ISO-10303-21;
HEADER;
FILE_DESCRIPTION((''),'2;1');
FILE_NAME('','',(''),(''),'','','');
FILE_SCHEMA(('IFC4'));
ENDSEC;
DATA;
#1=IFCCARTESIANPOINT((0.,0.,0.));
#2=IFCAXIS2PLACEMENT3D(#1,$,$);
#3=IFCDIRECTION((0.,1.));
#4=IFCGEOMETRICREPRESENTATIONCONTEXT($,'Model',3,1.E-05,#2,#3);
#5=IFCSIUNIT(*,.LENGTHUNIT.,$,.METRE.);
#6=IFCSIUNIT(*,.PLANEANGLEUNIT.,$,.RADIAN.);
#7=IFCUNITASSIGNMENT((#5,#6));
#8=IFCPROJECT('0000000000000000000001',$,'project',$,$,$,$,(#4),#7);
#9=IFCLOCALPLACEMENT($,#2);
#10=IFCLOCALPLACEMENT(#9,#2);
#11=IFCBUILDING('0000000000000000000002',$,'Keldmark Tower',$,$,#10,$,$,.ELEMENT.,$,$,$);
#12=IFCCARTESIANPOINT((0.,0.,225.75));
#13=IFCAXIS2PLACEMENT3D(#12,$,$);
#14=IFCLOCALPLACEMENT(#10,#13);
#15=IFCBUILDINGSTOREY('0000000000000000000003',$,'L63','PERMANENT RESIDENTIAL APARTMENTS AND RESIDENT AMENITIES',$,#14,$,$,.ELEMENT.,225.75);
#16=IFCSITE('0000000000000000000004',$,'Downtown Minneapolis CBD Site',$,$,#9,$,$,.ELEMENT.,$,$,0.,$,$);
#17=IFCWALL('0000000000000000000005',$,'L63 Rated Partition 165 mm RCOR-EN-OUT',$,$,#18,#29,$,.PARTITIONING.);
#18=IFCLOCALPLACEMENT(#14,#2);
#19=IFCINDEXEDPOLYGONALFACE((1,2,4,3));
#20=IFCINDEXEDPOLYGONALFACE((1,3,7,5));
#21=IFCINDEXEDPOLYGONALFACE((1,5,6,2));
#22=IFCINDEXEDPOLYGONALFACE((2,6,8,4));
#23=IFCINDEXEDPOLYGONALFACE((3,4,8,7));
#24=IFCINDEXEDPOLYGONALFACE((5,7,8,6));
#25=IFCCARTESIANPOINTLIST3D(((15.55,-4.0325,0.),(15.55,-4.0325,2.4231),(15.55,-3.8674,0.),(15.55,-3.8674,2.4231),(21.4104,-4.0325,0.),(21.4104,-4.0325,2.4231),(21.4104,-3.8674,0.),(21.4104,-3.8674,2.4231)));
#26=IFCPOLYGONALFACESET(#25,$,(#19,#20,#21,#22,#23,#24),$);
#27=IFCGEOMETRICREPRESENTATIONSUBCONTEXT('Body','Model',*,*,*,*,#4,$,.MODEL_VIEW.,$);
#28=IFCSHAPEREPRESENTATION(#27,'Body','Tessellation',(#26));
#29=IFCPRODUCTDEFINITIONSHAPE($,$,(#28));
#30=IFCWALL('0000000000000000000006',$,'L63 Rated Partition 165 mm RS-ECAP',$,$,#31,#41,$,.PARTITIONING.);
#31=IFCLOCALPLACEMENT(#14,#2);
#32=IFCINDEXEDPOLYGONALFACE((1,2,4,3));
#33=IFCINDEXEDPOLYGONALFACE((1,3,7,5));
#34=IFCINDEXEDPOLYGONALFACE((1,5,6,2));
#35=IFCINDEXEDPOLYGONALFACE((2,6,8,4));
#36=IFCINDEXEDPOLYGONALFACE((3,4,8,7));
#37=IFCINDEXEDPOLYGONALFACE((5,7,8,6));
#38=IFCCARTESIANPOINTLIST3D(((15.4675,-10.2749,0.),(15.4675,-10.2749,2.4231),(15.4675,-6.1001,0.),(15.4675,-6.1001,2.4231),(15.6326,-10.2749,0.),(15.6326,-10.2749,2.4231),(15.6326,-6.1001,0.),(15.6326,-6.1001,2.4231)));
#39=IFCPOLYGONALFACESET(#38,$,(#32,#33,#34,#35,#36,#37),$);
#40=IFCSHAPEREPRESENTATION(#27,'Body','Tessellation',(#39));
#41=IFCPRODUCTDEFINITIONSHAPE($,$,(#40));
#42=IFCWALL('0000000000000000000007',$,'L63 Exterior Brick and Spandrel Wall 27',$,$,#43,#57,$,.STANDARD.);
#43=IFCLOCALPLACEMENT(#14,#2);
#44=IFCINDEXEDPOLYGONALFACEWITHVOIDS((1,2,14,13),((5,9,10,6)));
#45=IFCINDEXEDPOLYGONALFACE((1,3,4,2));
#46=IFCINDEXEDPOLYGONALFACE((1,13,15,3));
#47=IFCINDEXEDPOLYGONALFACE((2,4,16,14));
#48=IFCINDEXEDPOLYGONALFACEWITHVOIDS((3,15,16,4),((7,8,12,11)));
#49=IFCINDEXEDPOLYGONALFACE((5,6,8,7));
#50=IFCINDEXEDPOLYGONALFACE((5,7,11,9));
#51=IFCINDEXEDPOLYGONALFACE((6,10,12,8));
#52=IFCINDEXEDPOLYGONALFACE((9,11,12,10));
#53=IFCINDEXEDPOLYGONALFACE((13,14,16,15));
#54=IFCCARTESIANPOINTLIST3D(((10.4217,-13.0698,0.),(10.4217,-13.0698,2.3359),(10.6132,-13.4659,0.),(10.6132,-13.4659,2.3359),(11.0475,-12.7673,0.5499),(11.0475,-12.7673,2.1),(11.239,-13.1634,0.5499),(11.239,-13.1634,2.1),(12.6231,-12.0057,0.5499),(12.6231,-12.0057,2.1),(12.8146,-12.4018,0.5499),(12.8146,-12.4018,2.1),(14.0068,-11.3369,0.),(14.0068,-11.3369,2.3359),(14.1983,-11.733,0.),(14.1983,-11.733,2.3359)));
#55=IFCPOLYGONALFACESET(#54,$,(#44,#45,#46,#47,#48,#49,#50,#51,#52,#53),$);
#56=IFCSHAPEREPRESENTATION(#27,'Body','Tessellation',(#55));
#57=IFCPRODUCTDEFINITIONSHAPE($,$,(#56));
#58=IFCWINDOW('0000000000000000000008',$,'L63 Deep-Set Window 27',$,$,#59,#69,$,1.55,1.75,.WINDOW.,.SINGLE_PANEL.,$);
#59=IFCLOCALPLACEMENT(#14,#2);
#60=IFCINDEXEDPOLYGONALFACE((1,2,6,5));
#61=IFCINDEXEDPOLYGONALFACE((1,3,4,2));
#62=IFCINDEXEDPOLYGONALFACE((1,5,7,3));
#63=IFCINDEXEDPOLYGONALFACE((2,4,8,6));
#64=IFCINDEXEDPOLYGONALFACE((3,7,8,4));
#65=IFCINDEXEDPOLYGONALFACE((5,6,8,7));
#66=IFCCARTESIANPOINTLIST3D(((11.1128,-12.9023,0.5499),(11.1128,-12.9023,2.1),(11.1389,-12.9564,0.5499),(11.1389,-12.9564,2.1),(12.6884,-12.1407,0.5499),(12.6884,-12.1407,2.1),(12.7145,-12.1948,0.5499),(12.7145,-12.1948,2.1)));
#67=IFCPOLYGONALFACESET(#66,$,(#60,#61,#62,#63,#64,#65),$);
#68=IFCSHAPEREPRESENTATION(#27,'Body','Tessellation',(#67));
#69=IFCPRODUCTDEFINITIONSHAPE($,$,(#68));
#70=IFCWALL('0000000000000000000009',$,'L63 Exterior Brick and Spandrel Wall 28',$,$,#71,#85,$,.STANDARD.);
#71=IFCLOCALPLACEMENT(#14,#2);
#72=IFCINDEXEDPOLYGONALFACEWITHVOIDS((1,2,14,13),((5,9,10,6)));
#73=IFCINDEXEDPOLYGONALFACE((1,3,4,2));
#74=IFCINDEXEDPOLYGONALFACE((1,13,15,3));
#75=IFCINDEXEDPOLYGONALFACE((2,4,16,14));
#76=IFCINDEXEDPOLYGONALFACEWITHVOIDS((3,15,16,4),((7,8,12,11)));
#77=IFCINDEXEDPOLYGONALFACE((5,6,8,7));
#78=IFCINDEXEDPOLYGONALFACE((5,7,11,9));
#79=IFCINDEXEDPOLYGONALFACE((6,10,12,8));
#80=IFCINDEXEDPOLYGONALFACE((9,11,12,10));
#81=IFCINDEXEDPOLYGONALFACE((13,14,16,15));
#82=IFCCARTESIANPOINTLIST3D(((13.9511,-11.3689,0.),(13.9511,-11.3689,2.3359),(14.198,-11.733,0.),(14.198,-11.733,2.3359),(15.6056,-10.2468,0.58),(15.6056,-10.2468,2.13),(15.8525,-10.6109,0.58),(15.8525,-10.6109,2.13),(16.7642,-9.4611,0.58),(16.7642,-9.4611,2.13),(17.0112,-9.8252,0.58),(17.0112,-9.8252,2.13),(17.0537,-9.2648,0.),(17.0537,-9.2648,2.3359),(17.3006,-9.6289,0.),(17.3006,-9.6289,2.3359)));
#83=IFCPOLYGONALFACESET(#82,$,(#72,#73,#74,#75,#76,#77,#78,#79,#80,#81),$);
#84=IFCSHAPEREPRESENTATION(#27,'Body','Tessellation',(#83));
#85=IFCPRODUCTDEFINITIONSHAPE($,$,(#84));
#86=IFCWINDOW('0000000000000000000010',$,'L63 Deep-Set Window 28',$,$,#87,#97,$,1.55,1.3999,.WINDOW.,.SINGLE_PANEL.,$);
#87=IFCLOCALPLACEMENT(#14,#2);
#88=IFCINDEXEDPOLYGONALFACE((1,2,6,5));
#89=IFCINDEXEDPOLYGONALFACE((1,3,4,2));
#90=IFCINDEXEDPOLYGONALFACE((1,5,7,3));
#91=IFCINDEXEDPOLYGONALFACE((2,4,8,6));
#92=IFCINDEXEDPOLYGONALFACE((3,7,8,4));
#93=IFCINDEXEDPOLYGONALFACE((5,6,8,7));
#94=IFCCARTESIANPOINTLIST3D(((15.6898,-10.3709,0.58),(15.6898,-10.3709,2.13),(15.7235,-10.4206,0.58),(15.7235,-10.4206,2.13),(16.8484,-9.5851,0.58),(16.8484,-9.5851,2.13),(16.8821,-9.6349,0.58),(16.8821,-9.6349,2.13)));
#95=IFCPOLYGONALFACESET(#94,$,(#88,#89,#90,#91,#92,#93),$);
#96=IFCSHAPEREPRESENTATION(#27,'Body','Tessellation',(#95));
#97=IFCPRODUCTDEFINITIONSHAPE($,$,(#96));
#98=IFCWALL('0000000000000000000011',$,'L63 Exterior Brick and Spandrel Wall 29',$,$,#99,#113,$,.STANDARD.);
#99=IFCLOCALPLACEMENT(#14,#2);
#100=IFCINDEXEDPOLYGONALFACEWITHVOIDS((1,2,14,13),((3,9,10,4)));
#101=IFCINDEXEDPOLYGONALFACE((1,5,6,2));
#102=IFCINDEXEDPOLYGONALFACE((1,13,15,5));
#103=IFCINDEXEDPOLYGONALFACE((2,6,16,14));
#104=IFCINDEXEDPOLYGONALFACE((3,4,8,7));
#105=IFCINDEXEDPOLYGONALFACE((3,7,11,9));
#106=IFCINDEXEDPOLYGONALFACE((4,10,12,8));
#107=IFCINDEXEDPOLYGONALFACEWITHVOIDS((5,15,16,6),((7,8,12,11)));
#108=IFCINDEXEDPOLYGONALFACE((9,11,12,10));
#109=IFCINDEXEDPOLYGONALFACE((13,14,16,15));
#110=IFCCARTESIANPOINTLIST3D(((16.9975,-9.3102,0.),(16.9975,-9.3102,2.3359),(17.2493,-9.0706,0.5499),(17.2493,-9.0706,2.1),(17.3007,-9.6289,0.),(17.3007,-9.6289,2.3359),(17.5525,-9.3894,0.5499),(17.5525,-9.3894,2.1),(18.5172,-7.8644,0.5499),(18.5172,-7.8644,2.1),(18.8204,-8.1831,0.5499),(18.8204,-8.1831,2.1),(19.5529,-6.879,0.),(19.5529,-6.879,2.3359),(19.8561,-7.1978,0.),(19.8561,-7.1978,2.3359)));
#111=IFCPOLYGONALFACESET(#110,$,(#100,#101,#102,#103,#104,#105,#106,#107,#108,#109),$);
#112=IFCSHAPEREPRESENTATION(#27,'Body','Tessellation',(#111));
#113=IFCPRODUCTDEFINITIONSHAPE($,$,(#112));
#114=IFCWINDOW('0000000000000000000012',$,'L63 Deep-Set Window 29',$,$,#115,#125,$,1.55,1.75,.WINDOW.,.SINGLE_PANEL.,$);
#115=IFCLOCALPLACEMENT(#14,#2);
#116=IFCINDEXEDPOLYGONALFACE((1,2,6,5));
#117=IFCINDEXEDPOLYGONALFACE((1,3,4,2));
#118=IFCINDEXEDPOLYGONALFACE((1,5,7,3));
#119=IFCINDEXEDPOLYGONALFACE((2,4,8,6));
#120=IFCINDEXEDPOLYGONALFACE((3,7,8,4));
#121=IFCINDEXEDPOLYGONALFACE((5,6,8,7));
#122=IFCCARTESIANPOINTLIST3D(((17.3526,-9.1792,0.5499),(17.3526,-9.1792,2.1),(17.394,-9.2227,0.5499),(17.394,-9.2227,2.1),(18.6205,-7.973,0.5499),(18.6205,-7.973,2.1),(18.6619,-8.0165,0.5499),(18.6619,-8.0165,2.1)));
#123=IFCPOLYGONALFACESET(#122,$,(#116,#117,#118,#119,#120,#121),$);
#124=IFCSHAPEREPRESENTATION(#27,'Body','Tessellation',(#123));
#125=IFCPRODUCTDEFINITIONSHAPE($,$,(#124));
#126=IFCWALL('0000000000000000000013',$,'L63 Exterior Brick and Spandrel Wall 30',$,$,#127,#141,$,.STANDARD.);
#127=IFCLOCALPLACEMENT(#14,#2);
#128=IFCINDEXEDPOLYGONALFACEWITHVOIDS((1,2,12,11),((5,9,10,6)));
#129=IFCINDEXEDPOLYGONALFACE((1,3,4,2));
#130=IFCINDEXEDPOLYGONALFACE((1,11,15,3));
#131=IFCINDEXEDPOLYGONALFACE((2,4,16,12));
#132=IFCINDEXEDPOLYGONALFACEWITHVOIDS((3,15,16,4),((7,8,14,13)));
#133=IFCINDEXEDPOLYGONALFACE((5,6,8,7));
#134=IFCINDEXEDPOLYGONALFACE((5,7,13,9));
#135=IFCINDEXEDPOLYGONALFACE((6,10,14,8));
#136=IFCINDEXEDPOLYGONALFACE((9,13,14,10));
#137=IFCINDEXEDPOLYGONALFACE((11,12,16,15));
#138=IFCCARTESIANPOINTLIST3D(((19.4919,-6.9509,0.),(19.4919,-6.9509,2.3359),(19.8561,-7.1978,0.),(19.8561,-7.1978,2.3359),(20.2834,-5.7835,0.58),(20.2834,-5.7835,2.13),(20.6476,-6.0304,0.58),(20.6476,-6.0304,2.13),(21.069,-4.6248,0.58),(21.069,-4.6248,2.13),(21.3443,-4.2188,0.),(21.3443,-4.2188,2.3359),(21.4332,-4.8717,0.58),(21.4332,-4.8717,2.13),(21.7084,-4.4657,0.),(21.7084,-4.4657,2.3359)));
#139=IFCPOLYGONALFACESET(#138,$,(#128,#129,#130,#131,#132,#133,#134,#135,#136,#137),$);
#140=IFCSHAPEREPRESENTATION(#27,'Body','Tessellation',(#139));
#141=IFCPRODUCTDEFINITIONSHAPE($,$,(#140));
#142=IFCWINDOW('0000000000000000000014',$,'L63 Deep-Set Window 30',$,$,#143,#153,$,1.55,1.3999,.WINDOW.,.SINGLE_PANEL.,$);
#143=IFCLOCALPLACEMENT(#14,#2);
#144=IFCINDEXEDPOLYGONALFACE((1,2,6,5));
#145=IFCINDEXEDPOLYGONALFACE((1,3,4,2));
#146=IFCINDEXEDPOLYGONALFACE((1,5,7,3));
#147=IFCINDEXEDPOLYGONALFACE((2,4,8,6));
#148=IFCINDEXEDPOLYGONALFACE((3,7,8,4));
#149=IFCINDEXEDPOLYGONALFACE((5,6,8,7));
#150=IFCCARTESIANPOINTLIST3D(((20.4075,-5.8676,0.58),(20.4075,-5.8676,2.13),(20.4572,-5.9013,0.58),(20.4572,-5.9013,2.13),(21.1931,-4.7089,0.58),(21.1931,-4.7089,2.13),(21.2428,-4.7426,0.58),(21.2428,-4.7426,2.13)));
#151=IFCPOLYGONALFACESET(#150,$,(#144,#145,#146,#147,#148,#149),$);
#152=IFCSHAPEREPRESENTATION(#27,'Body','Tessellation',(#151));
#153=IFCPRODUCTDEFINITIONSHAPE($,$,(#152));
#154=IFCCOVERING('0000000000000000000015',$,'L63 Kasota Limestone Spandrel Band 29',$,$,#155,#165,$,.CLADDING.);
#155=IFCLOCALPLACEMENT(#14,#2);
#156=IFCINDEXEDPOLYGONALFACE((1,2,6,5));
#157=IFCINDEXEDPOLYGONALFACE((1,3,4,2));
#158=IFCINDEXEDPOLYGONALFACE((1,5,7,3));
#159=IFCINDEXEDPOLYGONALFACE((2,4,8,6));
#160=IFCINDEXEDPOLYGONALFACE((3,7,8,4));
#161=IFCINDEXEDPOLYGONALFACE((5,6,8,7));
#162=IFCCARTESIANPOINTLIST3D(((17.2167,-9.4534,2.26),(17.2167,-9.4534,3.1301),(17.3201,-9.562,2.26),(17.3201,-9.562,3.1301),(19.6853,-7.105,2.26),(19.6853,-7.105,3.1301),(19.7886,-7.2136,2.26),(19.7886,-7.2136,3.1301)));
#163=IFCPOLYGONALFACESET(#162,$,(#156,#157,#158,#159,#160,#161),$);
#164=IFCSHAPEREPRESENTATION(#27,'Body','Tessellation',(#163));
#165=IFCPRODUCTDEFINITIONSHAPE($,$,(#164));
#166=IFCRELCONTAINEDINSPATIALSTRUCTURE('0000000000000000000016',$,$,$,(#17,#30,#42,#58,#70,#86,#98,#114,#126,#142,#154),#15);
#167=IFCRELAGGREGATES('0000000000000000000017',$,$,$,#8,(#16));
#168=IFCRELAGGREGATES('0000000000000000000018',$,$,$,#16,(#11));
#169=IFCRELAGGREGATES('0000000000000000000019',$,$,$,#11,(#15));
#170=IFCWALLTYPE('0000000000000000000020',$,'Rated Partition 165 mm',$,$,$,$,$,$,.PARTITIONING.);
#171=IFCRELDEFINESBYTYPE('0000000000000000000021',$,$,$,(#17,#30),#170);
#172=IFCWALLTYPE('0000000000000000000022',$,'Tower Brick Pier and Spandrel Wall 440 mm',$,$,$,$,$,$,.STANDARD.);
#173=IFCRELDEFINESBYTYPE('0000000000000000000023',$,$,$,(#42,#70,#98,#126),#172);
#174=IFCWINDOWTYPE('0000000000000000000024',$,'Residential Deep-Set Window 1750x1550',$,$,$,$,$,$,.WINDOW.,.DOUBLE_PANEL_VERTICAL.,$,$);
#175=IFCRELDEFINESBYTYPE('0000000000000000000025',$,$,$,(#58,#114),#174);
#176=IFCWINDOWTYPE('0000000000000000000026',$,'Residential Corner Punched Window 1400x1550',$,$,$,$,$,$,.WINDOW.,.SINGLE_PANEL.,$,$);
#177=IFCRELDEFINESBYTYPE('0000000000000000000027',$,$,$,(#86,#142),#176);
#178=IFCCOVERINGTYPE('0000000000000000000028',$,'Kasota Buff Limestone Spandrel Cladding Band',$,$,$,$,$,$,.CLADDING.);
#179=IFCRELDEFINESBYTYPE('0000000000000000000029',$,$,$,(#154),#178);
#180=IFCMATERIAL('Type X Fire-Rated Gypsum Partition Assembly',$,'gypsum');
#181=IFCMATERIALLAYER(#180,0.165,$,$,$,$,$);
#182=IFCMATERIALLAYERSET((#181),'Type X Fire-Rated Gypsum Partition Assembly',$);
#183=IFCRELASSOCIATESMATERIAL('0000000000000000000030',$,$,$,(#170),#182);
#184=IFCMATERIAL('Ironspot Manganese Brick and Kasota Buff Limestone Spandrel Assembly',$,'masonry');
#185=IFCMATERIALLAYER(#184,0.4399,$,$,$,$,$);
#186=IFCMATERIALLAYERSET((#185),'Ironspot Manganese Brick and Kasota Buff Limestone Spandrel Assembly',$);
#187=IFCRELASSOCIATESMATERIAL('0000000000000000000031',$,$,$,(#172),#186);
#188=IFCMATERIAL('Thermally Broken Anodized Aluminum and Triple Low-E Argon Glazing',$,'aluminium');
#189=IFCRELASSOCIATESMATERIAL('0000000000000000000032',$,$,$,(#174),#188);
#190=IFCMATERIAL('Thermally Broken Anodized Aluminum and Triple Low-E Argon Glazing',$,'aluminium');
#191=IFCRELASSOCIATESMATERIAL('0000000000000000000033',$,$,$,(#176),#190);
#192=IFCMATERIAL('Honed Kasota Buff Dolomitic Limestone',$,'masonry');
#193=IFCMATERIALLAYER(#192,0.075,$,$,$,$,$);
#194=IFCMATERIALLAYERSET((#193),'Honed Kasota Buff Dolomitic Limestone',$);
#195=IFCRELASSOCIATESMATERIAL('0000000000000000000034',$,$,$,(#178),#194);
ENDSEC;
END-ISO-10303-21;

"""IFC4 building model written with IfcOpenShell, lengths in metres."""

from ifc_helpers import new_model, si_unit, direction, frame, frame_2d, origin, origin_2d, place, context, subcontext, project, spatial, rectangle, extrude, material, layer, layer_set, type_object, element, fill, save


model = new_model("IFC4")

# Units and contexts
model_context = context("Model", 3, precision=1e-05, world=origin(), true_north=direction((0.0, 1.0)))
body_context = subcontext(model_context, "Body", "Model", "MODEL_VIEW")
ifc_project = project(units=[si_unit("LENGTHUNIT", "METRE"), si_unit("PLANEANGLEUNIT", "RADIAN")], contexts=[model_context])

# Site, building, storey
site_placement = place(None, origin())
site = spatial("IfcSite", under=ifc_project, at=site_placement, Name="Downtown Minneapolis CBD Site", CompositionType="ELEMENT", RefElevation=0.0)
building_placement = place(site_placement, origin())
building = spatial("IfcBuilding", under=site, at=building_placement, Name="Keldmark Tower", CompositionType="ELEMENT")
storey_placement = place(building_placement, frame((0.0, 0.0, 225.75)))
storey = spatial("IfcBuildingStorey", under=building, at=storey_placement, Name="L63", Description="PERMANENT RESIDENTIAL APARTMENTS AND RESIDENT AMENITIES", CompositionType="ELEMENT", Elevation=225.75)

# Wall
ifc_material_1 = material(Name="Type X Fire-Rated Gypsum Partition Assembly", Category="gypsum")
ifc_layer_1 = layer(ifc_material_1, 0.165)
ifc_layer_set_1 = layer_set([ifc_layer_1], Name="Type X Fire-Rated Gypsum Partition Assembly")
wall_type_1 = type_object("IfcWallType", Name="Rated Partition 165 mm", PredefinedType="PARTITIONING", material=ifc_layer_set_1)
wall_1_placement = place(storey_placement, frame((15.55, -3.95, 0.0), z_axis=(0.0, 0.0, 1.0), x_axis=(1.0, 0.0, 0.0)))
element("IfcWall", 1, at=wall_1_placement, inside=storey, type_object=wall_type_1, Name="L63 Rated Partition 165 mm RCOR-EN-OUT", PredefinedType="PARTITIONING", context=body_context, shape_type="SweptSolid", body=[
    extrude(rectangle(XDim=5.8604, YDim=0.165, at=frame_2d((2.9302, 0.0))), origin(), (0.0, 0.0, 1.0), 2.4231),
])

# Wall
wall_2_placement = place(storey_placement, frame((15.55, -10.2749, 0.0), z_axis=(0.0, 0.0, 1.0), x_axis=(0.0, 1.0, 0.0)))
element("IfcWall", 2, at=wall_2_placement, inside=storey, type_object=wall_type_1, Name="L63 Rated Partition 165 mm RS-ECAP", PredefinedType="PARTITIONING", context=body_context, shape_type="SweptSolid", body=[
    extrude(rectangle(XDim=4.1748, YDim=0.165, at=frame_2d((2.0874, 0.0))), origin(), (0.0, 0.0, 1.0), 2.4231),
])

# Walls, openings, windows
ifc_material_2 = material(Name="Ironspot Manganese Brick and Kasota Buff Limestone Spandrel Assembly", Category="masonry")
ifc_layer_2 = layer(ifc_material_2, 0.4399)
ifc_layer_set_2 = layer_set([ifc_layer_2], Name="Ironspot Manganese Brick and Kasota Buff Limestone Spandrel Assembly")
wall_type_2 = type_object("IfcWallType", Name="Tower Brick Pier and Spandrel Wall 440 mm", PredefinedType="STANDARD", material=ifc_layer_set_2)
wall_3_placement = place(storey_placement, frame((14.1025, -11.5349, 0.0), z_axis=(0.0, 0.0, 1.0), x_axis=(-0.900331, -0.435205, 0.0)))
wall_3 = element("IfcWall", 3, at=wall_3_placement, inside=storey, type_object=wall_type_2, Name="L63 Exterior Brick and Spandrel Wall 27", PredefinedType="STANDARD", context=body_context, shape_type="SweptSolid", body=[
    extrude(rectangle(XDim=3.9819, YDim=0.4399, at=frame_2d((1.991, 0.0))), origin(), (0.0, 0.0, 1.0), 2.3359),
])
opening_1_placement = place(wall_3_placement, frame((1.5369, 0.0, 0.55)))
opening_1 = element("IfcOpeningElement", 4, at=opening_1_placement, cuts=wall_3, PredefinedType="OPENING", context=body_context, shape_type="SweptSolid", body=[
    extrude(rectangle(XDim=1.75, YDim=1.55, at=frame_2d((0.875, 0.7749))), frame((0.0, 0.23, 0.0), z_axis=(0.0, -1.0, 0.0), x_axis=(1.0, 0.0, 0.0)), (0.0, 0.0, 1.0), 0.46),
])
ifc_material_3 = material(Name="Thermally Broken Anodized Aluminum and Triple Low-E Argon Glazing", Category="aluminium")
window_type_1 = type_object("IfcWindowType", Name="Residential Deep-Set Window 1750x1550", PartitioningType="DOUBLE_PANEL_VERTICAL", PredefinedType="WINDOW", material=ifc_material_3)
window_1_placement = place(opening_1_placement, origin())
window_1 = element("IfcWindow", 5, at=window_1_placement, inside=storey, type_object=window_type_1, Name="L63 Deep-Set Window 27", OverallHeight=1.55, OverallWidth=1.75, PartitioningType="SINGLE_PANEL", PredefinedType="WINDOW", context=body_context, shape_type="SweptSolid", body=[
    extrude(rectangle(XDim=1.75, YDim=1.55, at=frame_2d((0.875, 0.7749))), frame((0.0, -0.01, 0.0), z_axis=(0.0, -1.0, 0.0), x_axis=(1.0, 0.0, 0.0)), (0.0, 0.0, 1.0), 0.0601),
])
fill(opening_1, window_1)
wall_4_placement = place(storey_placement, frame((17.1772, -9.4468, 0.0), z_axis=(0.0, 0.0, 1.0), x_axis=(-0.827636, -0.561266, 0.0)))
wall_4 = element("IfcWall", 6, at=wall_4_placement, inside=storey, type_object=wall_type_2, Name="L63 Exterior Brick and Spandrel Wall 28", PredefinedType="STANDARD", context=body_context, shape_type="SweptSolid", body=[
    extrude(rectangle(XDim=3.7488, YDim=0.4399, at=frame_2d((1.8745, 0.0))), origin(), (0.0, 0.0, 1.0), 2.3359),
])
opening_2_placement = place(wall_4_placement, frame((0.3499, 0.0, 0.5801)))
opening_2 = element("IfcOpeningElement", 7, at=opening_2_placement, cuts=wall_4, PredefinedType="OPENING", context=body_context, shape_type="SweptSolid", body=[
    extrude(rectangle(XDim=1.3999, YDim=1.55, at=frame_2d((0.7, 0.7749))), frame((0.0, 0.23, 0.0), z_axis=(0.0, -1.0, 0.0), x_axis=(1.0, 0.0, 0.0)), (0.0, 0.0, 1.0), 0.46),
])
ifc_material_4 = material(Name="Thermally Broken Anodized Aluminum and Triple Low-E Argon Glazing", Category="aluminium")
window_type_2 = type_object("IfcWindowType", Name="Residential Corner Punched Window 1400x1550", PartitioningType="SINGLE_PANEL", PredefinedType="WINDOW", material=ifc_material_4)
window_2_placement = place(opening_2_placement, origin())
window_2 = element("IfcWindow", 8, at=window_2_placement, inside=storey, type_object=window_type_2, Name="L63 Deep-Set Window 28", OverallHeight=1.55, OverallWidth=1.3999, PartitioningType="SINGLE_PANEL", PredefinedType="WINDOW", context=body_context, shape_type="SweptSolid", body=[
    extrude(rectangle(XDim=1.3999, YDim=1.55, at=frame_2d((0.7, 0.7749))), frame((0.0, -0.01, 0.0), z_axis=(0.0, -1.0, 0.0), x_axis=(1.0, 0.0, 0.0)), (0.0, 0.0, 1.0), 0.0601),
])
fill(opening_2, window_2)
wall_5_placement = place(storey_placement, frame((19.7046, -7.0383, 0.0), z_axis=(0.0, 0.0, 1.0), x_axis=(-0.724503, -0.689271, 0.0)))
wall_5 = element("IfcWall", 9, at=wall_5_placement, inside=storey, type_object=wall_type_2, Name="L63 Exterior Brick and Spandrel Wall 29", PredefinedType="STANDARD", context=body_context, shape_type="SweptSolid", body=[
    extrude(rectangle(XDim=3.5271, YDim=0.4399, at=frame_2d((1.7637, 0.0))), origin(), (0.0, 0.0, 1.0), 2.3359),
])
opening_3_placement = place(wall_5_placement, frame((1.4297, 0.0, 0.55)))
opening_3 = element("IfcOpeningElement", 10, at=opening_3_placement, cuts=wall_5, PredefinedType="OPENING", context=body_context, shape_type="SweptSolid", body=[
    extrude(rectangle(XDim=1.75, YDim=1.55, at=frame_2d((0.875, 0.7749))), frame((0.0, 0.23, 0.0), z_axis=(0.0, -1.0, 0.0), x_axis=(1.0, 0.0, 0.0)), (0.0, 0.0, 1.0), 0.46),
])
window_3_placement = place(opening_3_placement, origin())
window_3 = element("IfcWindow", 11, at=window_3_placement, inside=storey, type_object=window_type_1, Name="L63 Deep-Set Window 29", OverallHeight=1.55, OverallWidth=1.75, PartitioningType="SINGLE_PANEL", PredefinedType="WINDOW", context=body_context, shape_type="SweptSolid", body=[
    extrude(rectangle(XDim=1.75, YDim=1.55, at=frame_2d((0.875, 0.7749))), frame((0.0, -0.01, 0.0), z_axis=(0.0, -1.0, 0.0), x_axis=(1.0, 0.0, 0.0)), (0.0, 0.0, 1.0), 0.0601),
])
fill(opening_3, window_3)
wall_6_placement = place(storey_placement, frame((21.5264, -4.3423, 0.0), z_axis=(0.0, 0.0, 1.0), x_axis=(-0.561187, -0.827689, 0.0)))
wall_6 = element("IfcWall", 12, at=wall_6_placement, inside=storey, type_object=wall_type_2, Name="L63 Exterior Brick and Spandrel Wall 30", PredefinedType="STANDARD", context=body_context, shape_type="SweptSolid", body=[
    extrude(rectangle(XDim=3.3008, YDim=0.4399, at=frame_2d((1.6504, 0.0))), origin(), (0.0, 0.0, 1.0), 2.3359),
])
opening_4_placement = place(wall_6_placement, frame((0.4905, 0.0, 0.5801)))
opening_4 = element("IfcOpeningElement", 13, at=opening_4_placement, cuts=wall_6, PredefinedType="OPENING", context=body_context, shape_type="SweptSolid", body=[
    extrude(rectangle(XDim=1.3999, YDim=1.55, at=frame_2d((0.7, 0.7749))), frame((0.0, 0.23, 0.0), z_axis=(0.0, -1.0, 0.0), x_axis=(1.0, 0.0, 0.0)), (0.0, 0.0, 1.0), 0.46),
])
window_4_placement = place(opening_4_placement, origin())
window_4 = element("IfcWindow", 14, at=window_4_placement, inside=storey, type_object=window_type_2, Name="L63 Deep-Set Window 30", OverallHeight=1.55, OverallWidth=1.3999, PartitioningType="SINGLE_PANEL", PredefinedType="WINDOW", context=body_context, shape_type="SweptSolid", body=[
    extrude(rectangle(XDim=1.3999, YDim=1.55, at=frame_2d((0.7, 0.7749))), frame((0.0, -0.01, 0.0), z_axis=(0.0, -1.0, 0.0), x_axis=(1.0, 0.0, 0.0)), (0.0, 0.0, 1.0), 0.0601),
])
fill(opening_4, window_4)

# Covering
ifc_material_5 = material(Name="Honed Kasota Buff Dolomitic Limestone", Category="masonry")
ifc_layer_3 = layer(ifc_material_5, 0.075)
ifc_layer_set_3 = layer_set([ifc_layer_3], Name="Honed Kasota Buff Dolomitic Limestone")
covering_type = type_object("IfcCoveringType", Name="Kasota Buff Limestone Spandrel Cladding Band", PredefinedType="CLADDING", material=ifc_layer_set_3)
covering_placement = place(storey_placement, frame((18.5027, -8.3335, 2.26), z_axis=(0.0, 0.0, 1.0), x_axis=(0.724509, 0.689266, 0.0)))
element("IfcCovering", 15, at=covering_placement, inside=storey, type_object=covering_type, Name="L63 Kasota Limestone Spandrel Band 29", PredefinedType="CLADDING", context=body_context, shape_type="SweptSolid", body=[
    extrude(rectangle(XDim=3.4072, YDim=0.1499, at=origin_2d()), origin(), (0.0, 0.0, 1.0), 0.8701),
])

save(model, "model.ifc")
